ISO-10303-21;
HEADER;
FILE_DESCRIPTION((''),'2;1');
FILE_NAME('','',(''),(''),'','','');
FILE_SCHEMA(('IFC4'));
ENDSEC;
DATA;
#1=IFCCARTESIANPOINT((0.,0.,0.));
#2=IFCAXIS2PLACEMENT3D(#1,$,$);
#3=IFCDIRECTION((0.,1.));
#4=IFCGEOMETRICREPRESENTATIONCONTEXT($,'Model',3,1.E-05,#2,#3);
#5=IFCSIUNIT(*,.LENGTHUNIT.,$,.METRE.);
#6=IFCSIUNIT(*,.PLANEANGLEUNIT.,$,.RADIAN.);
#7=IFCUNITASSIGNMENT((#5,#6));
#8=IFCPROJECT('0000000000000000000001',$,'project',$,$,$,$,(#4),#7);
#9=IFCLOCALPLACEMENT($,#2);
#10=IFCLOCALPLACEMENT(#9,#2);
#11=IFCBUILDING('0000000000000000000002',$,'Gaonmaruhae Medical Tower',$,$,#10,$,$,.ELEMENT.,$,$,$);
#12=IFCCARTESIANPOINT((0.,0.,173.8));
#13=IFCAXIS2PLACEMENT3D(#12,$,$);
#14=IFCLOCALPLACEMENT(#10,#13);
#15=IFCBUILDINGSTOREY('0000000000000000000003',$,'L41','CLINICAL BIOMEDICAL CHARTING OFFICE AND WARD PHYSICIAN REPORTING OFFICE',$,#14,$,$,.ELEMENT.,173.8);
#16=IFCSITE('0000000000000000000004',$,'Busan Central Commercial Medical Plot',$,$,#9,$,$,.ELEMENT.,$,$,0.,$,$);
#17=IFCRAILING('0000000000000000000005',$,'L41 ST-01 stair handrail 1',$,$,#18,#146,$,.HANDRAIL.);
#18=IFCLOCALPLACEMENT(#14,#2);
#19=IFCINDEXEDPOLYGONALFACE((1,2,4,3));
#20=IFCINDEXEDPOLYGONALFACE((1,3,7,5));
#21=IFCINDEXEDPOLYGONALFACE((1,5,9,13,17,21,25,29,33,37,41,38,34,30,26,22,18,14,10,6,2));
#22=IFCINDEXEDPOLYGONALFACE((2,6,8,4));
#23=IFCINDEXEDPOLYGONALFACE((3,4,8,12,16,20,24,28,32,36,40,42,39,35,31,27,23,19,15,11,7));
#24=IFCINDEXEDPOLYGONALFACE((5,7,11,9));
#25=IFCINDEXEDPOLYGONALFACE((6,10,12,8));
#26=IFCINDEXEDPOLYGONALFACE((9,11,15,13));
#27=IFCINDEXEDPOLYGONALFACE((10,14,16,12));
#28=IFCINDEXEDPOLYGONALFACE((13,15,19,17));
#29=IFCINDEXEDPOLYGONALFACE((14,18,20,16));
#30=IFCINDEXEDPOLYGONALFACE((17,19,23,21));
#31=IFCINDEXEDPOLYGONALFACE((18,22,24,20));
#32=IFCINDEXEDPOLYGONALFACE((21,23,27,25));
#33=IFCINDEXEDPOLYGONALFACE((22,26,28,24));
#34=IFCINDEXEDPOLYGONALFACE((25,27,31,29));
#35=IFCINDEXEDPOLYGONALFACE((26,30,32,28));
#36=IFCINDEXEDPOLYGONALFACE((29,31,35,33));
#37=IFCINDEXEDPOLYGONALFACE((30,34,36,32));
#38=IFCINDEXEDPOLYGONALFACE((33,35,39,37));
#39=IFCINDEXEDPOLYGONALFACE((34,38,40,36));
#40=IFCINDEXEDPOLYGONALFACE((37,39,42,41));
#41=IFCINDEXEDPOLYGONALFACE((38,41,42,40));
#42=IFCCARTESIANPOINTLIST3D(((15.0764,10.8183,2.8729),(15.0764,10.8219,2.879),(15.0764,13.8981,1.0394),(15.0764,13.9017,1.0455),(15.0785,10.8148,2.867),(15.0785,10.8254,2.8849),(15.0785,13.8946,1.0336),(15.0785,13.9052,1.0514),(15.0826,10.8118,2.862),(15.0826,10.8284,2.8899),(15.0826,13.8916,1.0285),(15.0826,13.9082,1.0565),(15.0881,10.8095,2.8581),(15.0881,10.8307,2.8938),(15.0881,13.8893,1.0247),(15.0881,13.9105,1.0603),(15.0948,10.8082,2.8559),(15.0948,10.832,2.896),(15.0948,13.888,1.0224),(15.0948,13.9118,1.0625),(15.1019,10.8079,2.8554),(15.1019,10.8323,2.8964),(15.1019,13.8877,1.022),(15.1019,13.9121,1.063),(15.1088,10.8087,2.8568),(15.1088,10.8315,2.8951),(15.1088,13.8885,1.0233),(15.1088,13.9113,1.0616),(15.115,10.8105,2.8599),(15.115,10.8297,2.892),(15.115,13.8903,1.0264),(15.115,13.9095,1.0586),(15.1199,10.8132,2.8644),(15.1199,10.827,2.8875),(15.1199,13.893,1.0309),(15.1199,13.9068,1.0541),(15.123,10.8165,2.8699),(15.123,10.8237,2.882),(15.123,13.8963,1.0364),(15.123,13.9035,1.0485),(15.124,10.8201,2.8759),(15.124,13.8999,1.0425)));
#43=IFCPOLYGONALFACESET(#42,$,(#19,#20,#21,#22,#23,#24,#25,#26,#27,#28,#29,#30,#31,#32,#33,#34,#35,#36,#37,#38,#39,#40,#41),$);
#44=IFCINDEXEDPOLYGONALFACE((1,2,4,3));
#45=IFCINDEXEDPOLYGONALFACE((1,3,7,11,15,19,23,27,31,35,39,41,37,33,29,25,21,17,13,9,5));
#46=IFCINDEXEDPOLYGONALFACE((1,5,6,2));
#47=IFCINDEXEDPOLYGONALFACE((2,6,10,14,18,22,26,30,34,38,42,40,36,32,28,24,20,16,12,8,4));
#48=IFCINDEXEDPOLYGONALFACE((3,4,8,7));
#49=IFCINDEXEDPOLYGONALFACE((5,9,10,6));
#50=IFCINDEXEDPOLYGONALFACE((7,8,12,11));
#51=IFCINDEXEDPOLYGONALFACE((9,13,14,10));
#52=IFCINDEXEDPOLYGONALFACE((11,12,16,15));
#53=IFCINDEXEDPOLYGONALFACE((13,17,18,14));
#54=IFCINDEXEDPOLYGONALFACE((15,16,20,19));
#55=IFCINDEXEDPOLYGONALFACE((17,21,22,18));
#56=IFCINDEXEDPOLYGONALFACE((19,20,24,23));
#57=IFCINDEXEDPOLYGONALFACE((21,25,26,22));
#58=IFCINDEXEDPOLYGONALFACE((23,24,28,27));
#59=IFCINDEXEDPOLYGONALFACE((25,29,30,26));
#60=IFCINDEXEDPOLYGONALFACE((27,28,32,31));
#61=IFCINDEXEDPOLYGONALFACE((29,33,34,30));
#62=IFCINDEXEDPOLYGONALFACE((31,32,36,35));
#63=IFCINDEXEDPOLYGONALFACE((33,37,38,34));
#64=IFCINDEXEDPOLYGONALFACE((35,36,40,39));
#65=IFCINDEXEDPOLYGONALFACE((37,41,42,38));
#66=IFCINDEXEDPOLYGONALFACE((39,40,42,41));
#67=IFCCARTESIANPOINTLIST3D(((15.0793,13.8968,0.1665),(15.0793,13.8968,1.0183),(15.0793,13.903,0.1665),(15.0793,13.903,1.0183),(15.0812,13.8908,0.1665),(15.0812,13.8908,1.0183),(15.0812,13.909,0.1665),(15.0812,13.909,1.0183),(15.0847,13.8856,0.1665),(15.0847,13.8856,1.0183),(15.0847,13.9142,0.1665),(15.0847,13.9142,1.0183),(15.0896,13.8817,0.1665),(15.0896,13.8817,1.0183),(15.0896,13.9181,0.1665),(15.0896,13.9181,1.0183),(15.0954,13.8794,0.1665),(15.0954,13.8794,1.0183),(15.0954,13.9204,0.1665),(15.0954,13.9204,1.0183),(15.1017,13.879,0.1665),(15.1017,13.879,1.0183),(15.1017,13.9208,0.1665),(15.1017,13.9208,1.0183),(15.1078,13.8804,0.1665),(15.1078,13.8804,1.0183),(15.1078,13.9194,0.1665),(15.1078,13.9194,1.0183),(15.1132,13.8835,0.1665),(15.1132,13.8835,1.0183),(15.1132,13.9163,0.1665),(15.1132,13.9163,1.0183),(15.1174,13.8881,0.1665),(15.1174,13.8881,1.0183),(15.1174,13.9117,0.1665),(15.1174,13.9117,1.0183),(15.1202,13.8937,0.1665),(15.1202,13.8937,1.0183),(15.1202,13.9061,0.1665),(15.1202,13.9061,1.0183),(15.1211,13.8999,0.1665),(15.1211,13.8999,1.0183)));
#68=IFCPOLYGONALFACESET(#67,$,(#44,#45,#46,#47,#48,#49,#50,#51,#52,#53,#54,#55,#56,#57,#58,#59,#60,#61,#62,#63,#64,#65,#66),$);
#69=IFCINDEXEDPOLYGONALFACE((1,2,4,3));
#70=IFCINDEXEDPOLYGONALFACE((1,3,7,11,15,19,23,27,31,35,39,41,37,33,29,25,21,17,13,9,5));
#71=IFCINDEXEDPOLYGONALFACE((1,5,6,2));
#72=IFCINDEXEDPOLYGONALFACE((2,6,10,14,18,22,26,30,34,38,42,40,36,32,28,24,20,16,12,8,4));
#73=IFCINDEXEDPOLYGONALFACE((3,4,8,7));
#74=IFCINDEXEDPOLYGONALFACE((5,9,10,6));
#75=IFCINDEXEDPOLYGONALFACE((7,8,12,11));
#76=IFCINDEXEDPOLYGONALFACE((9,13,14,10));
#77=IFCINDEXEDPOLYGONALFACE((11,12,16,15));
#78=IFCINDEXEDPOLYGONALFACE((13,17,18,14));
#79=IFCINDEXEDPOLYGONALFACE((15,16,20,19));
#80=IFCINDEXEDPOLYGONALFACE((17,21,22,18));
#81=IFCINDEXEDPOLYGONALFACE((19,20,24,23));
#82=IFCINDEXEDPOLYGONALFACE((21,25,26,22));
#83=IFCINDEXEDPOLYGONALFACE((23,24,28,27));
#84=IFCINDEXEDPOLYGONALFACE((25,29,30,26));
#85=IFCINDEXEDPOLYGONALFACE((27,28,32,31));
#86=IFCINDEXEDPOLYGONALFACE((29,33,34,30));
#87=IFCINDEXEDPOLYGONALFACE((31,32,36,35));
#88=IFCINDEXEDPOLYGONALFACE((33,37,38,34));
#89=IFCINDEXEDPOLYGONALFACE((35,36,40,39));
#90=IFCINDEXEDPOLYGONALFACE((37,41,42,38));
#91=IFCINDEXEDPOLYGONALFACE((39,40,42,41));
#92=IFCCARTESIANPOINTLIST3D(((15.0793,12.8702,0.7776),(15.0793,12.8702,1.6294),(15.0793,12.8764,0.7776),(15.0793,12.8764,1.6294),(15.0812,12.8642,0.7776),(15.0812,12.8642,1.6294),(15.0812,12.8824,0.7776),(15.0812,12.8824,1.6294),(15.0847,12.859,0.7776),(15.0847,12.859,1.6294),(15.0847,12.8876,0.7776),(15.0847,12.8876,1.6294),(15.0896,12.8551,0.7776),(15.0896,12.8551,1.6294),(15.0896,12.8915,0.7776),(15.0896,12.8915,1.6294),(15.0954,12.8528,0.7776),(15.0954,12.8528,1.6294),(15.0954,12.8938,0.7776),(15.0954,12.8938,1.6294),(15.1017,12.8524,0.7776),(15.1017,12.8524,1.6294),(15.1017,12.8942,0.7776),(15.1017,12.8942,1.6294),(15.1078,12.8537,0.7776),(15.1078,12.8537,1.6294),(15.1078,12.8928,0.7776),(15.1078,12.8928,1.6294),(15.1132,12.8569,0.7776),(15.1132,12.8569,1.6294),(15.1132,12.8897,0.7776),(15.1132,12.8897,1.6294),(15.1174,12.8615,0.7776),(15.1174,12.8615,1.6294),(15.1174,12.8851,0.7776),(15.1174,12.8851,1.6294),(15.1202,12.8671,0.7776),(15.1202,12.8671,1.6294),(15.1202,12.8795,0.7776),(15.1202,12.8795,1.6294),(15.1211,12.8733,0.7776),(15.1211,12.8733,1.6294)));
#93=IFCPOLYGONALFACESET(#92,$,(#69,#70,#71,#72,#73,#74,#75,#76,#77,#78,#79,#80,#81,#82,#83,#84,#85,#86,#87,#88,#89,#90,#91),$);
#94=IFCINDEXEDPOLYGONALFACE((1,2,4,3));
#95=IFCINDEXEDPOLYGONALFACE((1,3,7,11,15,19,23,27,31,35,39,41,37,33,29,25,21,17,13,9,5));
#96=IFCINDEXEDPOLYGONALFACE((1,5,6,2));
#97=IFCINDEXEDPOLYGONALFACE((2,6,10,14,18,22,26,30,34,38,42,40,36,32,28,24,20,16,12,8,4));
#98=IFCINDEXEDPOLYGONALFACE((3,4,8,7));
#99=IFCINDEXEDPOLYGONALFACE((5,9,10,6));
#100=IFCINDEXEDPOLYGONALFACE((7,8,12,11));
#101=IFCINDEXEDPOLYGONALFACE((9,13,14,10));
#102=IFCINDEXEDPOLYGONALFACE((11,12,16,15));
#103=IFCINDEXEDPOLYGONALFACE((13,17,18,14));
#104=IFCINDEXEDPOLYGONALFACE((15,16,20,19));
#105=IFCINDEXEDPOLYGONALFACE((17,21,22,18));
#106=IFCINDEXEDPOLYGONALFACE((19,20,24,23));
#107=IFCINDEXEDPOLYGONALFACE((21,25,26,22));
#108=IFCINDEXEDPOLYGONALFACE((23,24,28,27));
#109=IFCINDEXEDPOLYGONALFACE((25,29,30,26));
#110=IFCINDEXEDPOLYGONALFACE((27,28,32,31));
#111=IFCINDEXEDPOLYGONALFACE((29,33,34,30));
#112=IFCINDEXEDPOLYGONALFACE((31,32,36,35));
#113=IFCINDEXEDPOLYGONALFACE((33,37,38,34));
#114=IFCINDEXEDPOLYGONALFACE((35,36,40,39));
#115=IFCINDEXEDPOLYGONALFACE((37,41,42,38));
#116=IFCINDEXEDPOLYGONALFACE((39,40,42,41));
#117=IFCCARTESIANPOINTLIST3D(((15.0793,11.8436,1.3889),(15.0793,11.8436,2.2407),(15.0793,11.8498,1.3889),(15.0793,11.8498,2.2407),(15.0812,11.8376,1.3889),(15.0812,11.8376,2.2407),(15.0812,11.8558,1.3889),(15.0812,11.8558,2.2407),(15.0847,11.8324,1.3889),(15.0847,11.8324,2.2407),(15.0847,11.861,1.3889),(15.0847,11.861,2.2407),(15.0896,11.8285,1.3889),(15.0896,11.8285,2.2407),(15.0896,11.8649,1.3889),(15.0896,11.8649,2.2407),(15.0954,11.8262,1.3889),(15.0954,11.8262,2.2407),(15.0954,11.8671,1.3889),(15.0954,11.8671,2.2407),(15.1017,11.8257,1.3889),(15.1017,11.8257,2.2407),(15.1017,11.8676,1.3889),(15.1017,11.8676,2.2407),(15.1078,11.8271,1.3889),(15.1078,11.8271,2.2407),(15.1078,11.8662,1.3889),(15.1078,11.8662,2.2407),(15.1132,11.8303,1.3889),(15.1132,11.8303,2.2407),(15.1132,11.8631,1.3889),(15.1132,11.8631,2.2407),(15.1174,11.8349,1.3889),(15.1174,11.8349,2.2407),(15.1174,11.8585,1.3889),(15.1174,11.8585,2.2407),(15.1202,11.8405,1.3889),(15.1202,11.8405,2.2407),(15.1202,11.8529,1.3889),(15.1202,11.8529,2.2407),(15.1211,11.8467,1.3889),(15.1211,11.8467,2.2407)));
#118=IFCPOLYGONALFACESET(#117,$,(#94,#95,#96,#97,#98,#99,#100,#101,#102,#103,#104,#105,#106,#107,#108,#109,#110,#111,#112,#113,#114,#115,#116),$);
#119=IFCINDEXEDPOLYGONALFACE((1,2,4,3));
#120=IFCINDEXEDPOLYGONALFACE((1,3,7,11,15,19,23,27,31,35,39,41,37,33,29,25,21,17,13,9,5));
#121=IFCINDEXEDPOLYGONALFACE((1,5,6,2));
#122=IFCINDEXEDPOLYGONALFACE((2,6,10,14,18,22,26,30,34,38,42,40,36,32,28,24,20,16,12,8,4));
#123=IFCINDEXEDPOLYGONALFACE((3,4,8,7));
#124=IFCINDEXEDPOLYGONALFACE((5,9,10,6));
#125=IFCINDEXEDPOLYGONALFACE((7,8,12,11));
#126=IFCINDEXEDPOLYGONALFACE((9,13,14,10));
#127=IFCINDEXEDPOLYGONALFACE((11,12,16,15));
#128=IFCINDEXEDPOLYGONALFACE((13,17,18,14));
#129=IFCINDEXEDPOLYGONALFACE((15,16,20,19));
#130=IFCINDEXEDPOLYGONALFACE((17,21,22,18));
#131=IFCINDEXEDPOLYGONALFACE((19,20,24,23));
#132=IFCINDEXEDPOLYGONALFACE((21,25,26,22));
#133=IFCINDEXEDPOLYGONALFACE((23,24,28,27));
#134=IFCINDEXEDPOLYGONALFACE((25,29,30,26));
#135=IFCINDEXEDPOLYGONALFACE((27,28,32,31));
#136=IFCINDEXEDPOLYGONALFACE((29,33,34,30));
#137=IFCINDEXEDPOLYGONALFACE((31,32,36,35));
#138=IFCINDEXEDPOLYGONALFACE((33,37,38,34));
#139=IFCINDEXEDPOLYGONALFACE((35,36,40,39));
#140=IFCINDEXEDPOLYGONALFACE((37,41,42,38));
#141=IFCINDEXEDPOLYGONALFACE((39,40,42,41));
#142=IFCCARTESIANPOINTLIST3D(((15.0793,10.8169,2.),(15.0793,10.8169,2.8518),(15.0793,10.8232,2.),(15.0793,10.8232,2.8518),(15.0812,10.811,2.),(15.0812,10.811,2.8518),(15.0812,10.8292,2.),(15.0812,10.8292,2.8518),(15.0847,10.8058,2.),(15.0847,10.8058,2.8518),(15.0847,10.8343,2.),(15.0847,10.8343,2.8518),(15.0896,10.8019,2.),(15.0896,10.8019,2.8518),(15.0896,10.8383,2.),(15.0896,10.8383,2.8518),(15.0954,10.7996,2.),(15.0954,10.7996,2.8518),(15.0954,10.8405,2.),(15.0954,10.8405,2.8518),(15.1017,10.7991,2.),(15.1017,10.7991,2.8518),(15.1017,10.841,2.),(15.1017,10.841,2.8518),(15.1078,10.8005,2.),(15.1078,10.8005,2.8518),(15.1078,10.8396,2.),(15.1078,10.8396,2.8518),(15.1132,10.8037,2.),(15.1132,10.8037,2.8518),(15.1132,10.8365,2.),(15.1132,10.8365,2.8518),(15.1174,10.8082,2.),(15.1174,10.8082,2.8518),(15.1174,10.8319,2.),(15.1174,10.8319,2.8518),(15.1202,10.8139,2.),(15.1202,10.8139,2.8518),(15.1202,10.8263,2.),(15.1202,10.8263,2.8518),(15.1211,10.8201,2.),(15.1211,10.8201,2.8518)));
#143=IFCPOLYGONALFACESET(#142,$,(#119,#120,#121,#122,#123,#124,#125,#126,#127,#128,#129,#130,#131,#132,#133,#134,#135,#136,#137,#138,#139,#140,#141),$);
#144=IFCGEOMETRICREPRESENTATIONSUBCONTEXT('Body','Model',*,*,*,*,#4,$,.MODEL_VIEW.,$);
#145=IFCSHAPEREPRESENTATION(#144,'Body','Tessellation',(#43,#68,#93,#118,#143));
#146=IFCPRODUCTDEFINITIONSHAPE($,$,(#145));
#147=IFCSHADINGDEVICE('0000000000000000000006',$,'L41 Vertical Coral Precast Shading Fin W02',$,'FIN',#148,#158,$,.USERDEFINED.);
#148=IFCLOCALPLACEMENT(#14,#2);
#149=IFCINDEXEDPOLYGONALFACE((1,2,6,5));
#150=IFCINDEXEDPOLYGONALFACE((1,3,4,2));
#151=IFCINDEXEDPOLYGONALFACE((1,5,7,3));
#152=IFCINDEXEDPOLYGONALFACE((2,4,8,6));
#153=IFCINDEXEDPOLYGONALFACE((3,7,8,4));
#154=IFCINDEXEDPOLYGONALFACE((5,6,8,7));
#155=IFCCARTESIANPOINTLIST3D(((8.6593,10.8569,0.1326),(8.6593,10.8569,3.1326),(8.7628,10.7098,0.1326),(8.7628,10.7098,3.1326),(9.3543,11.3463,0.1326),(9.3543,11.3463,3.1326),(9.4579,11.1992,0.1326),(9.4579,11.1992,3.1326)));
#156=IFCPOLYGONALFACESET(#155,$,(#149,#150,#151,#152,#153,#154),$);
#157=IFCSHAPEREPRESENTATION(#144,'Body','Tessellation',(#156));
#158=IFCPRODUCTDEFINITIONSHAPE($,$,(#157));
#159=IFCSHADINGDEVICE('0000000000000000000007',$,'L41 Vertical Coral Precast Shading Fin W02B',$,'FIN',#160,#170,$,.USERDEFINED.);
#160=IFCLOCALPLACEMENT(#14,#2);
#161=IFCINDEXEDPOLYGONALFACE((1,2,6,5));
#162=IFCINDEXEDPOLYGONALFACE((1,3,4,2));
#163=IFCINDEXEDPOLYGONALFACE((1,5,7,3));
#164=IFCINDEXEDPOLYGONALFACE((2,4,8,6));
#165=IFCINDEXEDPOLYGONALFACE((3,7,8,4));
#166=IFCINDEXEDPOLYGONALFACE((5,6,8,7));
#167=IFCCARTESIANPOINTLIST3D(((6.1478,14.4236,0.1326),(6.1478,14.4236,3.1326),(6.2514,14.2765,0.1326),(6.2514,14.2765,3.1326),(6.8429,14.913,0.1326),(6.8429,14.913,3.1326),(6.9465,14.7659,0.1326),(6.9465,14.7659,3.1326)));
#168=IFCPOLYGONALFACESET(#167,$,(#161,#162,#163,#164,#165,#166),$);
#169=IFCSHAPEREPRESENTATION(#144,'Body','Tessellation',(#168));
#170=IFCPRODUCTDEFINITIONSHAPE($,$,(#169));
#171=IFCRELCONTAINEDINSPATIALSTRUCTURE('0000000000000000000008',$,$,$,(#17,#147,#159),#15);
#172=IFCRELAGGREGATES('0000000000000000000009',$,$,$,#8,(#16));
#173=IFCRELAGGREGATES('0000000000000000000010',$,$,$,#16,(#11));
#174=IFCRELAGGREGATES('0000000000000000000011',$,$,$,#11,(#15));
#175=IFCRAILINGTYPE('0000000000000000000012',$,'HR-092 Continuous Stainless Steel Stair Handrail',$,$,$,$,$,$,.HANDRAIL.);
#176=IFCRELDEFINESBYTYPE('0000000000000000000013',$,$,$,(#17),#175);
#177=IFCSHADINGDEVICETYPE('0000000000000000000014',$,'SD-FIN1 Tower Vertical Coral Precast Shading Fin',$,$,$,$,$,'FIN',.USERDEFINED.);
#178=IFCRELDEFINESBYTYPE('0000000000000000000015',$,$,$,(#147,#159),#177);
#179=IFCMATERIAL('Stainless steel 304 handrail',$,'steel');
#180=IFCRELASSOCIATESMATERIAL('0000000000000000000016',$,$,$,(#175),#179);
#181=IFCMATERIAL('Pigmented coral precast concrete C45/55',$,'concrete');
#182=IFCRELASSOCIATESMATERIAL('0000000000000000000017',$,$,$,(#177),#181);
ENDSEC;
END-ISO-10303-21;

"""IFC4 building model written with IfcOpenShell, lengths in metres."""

from ifc_helpers import new_model, si_unit, direction, frame, origin, origin_2d, place, context, subcontext, project, spatial, rectangle, circle, extrude, material, type_object, element, save


model = new_model("IFC4")

# Units and contexts
model_context = context("Model", 3, precision=1e-05, world=origin(), true_north=direction((0.0, 1.0)))
body_context = subcontext(model_context, "Body", "Model", "MODEL_VIEW")
ifc_project = project(units=[si_unit("LENGTHUNIT", "METRE"), si_unit("PLANEANGLEUNIT", "RADIAN")], contexts=[model_context])

# Site, building, storey
site_placement = place(None, origin())
site = spatial("IfcSite", under=ifc_project, at=site_placement, Name="Busan Central Commercial Medical Plot", CompositionType="ELEMENT", RefElevation=0.0)
building_placement = place(site_placement, origin())
building = spatial("IfcBuilding", under=site, at=building_placement, Name="Gaonmaruhae Medical Tower", CompositionType="ELEMENT")
storey_placement = place(building_placement, frame((0.0, 0.0, 173.8)))
storey = spatial("IfcBuildingStorey", under=building, at=storey_placement, Name="L41", Description="CLINICAL BIOMEDICAL CHARTING OFFICE AND WARD PHYSICIAN REPORTING OFFICE", CompositionType="ELEMENT", Elevation=173.8)

# Railing
ifc_material_1 = material(Name="Stainless steel 304 handrail", Category="steel")
railing_type_1 = type_object("IfcRailingType", Name="HR-092 Continuous Stainless Steel Stair Handrail", PredefinedType="HANDRAIL", material=ifc_material_1)
railing_1_placement = place(storey_placement, frame((15.1001, 13.8999, 0.1665)))
element("IfcRailing", 1, at=railing_1_placement, inside=storey, type_object=railing_type_1, Name="L41 ST-01 stair handrail 1", PredefinedType="HANDRAIL", context=body_context, shape_type="SweptSolid", body=[
    extrude(circle(Radius=0.0239, at=origin_2d()), frame((0.0, 0.0, 0.876), z_axis=(0.0, -0.859261, 0.511538), x_axis=(1.0, 0.0, 0.0)), (0.0, 0.0, 1.0), 3.5842),
    extrude(circle(Radius=0.021, at=origin_2d()), origin(), (0.0, 0.0, 1.0), 0.8518),
    extrude(circle(Radius=0.021, at=origin_2d()), frame((0.0, -1.0266, 0.6111)), (0.0, 0.0, 1.0), 0.8518),
    extrude(circle(Radius=0.021, at=origin_2d()), frame((0.0, -2.0532, 1.2224)), (0.0, 0.0, 1.0), 0.8518),
    extrude(circle(Radius=0.021, at=origin_2d()), frame((0.0, -3.0798, 1.8335)), (0.0, 0.0, 1.0), 0.8518),
])

# Shading devices
ifc_material_2 = material(Name="Pigmented coral precast concrete C45/55", Category="concrete")
shading_device_type = type_object("IfcShadingDeviceType", Name="SD-FIN1 Tower Vertical Coral Precast Shading Fin", ElementType="FIN", PredefinedType="USERDEFINED", material=ifc_material_2)
for number, where, z_axis, x_axis, name in (
    (2, (9.0586, 11.0281, 0.1326), (0.0, 0.0, 1.0), (-0.575719, 0.817648, 0.0), "L41 Vertical Coral Precast Shading Fin W02"),
    (3, (6.5471, 14.5947, 0.1326), (0.0, 0.0, 1.0), (-0.575719, 0.817648, 0.0), "L41 Vertical Coral Precast Shading Fin W02B"),
):
    element("IfcShadingDevice", number, at=place(storey_placement, frame(where, z_axis=z_axis, x_axis=x_axis)), inside=storey, type_object=shading_device_type, Name=name, ObjectType="FIN", PredefinedType="USERDEFINED", context=body_context, shape_type="SweptSolid", body=[
        extrude(rectangle(XDim=0.1799, YDim=0.8501, at=origin_2d()), origin(), (0.0, 0.0, 1.0), 3.0),
    ])

save(model, "model.ifc")
